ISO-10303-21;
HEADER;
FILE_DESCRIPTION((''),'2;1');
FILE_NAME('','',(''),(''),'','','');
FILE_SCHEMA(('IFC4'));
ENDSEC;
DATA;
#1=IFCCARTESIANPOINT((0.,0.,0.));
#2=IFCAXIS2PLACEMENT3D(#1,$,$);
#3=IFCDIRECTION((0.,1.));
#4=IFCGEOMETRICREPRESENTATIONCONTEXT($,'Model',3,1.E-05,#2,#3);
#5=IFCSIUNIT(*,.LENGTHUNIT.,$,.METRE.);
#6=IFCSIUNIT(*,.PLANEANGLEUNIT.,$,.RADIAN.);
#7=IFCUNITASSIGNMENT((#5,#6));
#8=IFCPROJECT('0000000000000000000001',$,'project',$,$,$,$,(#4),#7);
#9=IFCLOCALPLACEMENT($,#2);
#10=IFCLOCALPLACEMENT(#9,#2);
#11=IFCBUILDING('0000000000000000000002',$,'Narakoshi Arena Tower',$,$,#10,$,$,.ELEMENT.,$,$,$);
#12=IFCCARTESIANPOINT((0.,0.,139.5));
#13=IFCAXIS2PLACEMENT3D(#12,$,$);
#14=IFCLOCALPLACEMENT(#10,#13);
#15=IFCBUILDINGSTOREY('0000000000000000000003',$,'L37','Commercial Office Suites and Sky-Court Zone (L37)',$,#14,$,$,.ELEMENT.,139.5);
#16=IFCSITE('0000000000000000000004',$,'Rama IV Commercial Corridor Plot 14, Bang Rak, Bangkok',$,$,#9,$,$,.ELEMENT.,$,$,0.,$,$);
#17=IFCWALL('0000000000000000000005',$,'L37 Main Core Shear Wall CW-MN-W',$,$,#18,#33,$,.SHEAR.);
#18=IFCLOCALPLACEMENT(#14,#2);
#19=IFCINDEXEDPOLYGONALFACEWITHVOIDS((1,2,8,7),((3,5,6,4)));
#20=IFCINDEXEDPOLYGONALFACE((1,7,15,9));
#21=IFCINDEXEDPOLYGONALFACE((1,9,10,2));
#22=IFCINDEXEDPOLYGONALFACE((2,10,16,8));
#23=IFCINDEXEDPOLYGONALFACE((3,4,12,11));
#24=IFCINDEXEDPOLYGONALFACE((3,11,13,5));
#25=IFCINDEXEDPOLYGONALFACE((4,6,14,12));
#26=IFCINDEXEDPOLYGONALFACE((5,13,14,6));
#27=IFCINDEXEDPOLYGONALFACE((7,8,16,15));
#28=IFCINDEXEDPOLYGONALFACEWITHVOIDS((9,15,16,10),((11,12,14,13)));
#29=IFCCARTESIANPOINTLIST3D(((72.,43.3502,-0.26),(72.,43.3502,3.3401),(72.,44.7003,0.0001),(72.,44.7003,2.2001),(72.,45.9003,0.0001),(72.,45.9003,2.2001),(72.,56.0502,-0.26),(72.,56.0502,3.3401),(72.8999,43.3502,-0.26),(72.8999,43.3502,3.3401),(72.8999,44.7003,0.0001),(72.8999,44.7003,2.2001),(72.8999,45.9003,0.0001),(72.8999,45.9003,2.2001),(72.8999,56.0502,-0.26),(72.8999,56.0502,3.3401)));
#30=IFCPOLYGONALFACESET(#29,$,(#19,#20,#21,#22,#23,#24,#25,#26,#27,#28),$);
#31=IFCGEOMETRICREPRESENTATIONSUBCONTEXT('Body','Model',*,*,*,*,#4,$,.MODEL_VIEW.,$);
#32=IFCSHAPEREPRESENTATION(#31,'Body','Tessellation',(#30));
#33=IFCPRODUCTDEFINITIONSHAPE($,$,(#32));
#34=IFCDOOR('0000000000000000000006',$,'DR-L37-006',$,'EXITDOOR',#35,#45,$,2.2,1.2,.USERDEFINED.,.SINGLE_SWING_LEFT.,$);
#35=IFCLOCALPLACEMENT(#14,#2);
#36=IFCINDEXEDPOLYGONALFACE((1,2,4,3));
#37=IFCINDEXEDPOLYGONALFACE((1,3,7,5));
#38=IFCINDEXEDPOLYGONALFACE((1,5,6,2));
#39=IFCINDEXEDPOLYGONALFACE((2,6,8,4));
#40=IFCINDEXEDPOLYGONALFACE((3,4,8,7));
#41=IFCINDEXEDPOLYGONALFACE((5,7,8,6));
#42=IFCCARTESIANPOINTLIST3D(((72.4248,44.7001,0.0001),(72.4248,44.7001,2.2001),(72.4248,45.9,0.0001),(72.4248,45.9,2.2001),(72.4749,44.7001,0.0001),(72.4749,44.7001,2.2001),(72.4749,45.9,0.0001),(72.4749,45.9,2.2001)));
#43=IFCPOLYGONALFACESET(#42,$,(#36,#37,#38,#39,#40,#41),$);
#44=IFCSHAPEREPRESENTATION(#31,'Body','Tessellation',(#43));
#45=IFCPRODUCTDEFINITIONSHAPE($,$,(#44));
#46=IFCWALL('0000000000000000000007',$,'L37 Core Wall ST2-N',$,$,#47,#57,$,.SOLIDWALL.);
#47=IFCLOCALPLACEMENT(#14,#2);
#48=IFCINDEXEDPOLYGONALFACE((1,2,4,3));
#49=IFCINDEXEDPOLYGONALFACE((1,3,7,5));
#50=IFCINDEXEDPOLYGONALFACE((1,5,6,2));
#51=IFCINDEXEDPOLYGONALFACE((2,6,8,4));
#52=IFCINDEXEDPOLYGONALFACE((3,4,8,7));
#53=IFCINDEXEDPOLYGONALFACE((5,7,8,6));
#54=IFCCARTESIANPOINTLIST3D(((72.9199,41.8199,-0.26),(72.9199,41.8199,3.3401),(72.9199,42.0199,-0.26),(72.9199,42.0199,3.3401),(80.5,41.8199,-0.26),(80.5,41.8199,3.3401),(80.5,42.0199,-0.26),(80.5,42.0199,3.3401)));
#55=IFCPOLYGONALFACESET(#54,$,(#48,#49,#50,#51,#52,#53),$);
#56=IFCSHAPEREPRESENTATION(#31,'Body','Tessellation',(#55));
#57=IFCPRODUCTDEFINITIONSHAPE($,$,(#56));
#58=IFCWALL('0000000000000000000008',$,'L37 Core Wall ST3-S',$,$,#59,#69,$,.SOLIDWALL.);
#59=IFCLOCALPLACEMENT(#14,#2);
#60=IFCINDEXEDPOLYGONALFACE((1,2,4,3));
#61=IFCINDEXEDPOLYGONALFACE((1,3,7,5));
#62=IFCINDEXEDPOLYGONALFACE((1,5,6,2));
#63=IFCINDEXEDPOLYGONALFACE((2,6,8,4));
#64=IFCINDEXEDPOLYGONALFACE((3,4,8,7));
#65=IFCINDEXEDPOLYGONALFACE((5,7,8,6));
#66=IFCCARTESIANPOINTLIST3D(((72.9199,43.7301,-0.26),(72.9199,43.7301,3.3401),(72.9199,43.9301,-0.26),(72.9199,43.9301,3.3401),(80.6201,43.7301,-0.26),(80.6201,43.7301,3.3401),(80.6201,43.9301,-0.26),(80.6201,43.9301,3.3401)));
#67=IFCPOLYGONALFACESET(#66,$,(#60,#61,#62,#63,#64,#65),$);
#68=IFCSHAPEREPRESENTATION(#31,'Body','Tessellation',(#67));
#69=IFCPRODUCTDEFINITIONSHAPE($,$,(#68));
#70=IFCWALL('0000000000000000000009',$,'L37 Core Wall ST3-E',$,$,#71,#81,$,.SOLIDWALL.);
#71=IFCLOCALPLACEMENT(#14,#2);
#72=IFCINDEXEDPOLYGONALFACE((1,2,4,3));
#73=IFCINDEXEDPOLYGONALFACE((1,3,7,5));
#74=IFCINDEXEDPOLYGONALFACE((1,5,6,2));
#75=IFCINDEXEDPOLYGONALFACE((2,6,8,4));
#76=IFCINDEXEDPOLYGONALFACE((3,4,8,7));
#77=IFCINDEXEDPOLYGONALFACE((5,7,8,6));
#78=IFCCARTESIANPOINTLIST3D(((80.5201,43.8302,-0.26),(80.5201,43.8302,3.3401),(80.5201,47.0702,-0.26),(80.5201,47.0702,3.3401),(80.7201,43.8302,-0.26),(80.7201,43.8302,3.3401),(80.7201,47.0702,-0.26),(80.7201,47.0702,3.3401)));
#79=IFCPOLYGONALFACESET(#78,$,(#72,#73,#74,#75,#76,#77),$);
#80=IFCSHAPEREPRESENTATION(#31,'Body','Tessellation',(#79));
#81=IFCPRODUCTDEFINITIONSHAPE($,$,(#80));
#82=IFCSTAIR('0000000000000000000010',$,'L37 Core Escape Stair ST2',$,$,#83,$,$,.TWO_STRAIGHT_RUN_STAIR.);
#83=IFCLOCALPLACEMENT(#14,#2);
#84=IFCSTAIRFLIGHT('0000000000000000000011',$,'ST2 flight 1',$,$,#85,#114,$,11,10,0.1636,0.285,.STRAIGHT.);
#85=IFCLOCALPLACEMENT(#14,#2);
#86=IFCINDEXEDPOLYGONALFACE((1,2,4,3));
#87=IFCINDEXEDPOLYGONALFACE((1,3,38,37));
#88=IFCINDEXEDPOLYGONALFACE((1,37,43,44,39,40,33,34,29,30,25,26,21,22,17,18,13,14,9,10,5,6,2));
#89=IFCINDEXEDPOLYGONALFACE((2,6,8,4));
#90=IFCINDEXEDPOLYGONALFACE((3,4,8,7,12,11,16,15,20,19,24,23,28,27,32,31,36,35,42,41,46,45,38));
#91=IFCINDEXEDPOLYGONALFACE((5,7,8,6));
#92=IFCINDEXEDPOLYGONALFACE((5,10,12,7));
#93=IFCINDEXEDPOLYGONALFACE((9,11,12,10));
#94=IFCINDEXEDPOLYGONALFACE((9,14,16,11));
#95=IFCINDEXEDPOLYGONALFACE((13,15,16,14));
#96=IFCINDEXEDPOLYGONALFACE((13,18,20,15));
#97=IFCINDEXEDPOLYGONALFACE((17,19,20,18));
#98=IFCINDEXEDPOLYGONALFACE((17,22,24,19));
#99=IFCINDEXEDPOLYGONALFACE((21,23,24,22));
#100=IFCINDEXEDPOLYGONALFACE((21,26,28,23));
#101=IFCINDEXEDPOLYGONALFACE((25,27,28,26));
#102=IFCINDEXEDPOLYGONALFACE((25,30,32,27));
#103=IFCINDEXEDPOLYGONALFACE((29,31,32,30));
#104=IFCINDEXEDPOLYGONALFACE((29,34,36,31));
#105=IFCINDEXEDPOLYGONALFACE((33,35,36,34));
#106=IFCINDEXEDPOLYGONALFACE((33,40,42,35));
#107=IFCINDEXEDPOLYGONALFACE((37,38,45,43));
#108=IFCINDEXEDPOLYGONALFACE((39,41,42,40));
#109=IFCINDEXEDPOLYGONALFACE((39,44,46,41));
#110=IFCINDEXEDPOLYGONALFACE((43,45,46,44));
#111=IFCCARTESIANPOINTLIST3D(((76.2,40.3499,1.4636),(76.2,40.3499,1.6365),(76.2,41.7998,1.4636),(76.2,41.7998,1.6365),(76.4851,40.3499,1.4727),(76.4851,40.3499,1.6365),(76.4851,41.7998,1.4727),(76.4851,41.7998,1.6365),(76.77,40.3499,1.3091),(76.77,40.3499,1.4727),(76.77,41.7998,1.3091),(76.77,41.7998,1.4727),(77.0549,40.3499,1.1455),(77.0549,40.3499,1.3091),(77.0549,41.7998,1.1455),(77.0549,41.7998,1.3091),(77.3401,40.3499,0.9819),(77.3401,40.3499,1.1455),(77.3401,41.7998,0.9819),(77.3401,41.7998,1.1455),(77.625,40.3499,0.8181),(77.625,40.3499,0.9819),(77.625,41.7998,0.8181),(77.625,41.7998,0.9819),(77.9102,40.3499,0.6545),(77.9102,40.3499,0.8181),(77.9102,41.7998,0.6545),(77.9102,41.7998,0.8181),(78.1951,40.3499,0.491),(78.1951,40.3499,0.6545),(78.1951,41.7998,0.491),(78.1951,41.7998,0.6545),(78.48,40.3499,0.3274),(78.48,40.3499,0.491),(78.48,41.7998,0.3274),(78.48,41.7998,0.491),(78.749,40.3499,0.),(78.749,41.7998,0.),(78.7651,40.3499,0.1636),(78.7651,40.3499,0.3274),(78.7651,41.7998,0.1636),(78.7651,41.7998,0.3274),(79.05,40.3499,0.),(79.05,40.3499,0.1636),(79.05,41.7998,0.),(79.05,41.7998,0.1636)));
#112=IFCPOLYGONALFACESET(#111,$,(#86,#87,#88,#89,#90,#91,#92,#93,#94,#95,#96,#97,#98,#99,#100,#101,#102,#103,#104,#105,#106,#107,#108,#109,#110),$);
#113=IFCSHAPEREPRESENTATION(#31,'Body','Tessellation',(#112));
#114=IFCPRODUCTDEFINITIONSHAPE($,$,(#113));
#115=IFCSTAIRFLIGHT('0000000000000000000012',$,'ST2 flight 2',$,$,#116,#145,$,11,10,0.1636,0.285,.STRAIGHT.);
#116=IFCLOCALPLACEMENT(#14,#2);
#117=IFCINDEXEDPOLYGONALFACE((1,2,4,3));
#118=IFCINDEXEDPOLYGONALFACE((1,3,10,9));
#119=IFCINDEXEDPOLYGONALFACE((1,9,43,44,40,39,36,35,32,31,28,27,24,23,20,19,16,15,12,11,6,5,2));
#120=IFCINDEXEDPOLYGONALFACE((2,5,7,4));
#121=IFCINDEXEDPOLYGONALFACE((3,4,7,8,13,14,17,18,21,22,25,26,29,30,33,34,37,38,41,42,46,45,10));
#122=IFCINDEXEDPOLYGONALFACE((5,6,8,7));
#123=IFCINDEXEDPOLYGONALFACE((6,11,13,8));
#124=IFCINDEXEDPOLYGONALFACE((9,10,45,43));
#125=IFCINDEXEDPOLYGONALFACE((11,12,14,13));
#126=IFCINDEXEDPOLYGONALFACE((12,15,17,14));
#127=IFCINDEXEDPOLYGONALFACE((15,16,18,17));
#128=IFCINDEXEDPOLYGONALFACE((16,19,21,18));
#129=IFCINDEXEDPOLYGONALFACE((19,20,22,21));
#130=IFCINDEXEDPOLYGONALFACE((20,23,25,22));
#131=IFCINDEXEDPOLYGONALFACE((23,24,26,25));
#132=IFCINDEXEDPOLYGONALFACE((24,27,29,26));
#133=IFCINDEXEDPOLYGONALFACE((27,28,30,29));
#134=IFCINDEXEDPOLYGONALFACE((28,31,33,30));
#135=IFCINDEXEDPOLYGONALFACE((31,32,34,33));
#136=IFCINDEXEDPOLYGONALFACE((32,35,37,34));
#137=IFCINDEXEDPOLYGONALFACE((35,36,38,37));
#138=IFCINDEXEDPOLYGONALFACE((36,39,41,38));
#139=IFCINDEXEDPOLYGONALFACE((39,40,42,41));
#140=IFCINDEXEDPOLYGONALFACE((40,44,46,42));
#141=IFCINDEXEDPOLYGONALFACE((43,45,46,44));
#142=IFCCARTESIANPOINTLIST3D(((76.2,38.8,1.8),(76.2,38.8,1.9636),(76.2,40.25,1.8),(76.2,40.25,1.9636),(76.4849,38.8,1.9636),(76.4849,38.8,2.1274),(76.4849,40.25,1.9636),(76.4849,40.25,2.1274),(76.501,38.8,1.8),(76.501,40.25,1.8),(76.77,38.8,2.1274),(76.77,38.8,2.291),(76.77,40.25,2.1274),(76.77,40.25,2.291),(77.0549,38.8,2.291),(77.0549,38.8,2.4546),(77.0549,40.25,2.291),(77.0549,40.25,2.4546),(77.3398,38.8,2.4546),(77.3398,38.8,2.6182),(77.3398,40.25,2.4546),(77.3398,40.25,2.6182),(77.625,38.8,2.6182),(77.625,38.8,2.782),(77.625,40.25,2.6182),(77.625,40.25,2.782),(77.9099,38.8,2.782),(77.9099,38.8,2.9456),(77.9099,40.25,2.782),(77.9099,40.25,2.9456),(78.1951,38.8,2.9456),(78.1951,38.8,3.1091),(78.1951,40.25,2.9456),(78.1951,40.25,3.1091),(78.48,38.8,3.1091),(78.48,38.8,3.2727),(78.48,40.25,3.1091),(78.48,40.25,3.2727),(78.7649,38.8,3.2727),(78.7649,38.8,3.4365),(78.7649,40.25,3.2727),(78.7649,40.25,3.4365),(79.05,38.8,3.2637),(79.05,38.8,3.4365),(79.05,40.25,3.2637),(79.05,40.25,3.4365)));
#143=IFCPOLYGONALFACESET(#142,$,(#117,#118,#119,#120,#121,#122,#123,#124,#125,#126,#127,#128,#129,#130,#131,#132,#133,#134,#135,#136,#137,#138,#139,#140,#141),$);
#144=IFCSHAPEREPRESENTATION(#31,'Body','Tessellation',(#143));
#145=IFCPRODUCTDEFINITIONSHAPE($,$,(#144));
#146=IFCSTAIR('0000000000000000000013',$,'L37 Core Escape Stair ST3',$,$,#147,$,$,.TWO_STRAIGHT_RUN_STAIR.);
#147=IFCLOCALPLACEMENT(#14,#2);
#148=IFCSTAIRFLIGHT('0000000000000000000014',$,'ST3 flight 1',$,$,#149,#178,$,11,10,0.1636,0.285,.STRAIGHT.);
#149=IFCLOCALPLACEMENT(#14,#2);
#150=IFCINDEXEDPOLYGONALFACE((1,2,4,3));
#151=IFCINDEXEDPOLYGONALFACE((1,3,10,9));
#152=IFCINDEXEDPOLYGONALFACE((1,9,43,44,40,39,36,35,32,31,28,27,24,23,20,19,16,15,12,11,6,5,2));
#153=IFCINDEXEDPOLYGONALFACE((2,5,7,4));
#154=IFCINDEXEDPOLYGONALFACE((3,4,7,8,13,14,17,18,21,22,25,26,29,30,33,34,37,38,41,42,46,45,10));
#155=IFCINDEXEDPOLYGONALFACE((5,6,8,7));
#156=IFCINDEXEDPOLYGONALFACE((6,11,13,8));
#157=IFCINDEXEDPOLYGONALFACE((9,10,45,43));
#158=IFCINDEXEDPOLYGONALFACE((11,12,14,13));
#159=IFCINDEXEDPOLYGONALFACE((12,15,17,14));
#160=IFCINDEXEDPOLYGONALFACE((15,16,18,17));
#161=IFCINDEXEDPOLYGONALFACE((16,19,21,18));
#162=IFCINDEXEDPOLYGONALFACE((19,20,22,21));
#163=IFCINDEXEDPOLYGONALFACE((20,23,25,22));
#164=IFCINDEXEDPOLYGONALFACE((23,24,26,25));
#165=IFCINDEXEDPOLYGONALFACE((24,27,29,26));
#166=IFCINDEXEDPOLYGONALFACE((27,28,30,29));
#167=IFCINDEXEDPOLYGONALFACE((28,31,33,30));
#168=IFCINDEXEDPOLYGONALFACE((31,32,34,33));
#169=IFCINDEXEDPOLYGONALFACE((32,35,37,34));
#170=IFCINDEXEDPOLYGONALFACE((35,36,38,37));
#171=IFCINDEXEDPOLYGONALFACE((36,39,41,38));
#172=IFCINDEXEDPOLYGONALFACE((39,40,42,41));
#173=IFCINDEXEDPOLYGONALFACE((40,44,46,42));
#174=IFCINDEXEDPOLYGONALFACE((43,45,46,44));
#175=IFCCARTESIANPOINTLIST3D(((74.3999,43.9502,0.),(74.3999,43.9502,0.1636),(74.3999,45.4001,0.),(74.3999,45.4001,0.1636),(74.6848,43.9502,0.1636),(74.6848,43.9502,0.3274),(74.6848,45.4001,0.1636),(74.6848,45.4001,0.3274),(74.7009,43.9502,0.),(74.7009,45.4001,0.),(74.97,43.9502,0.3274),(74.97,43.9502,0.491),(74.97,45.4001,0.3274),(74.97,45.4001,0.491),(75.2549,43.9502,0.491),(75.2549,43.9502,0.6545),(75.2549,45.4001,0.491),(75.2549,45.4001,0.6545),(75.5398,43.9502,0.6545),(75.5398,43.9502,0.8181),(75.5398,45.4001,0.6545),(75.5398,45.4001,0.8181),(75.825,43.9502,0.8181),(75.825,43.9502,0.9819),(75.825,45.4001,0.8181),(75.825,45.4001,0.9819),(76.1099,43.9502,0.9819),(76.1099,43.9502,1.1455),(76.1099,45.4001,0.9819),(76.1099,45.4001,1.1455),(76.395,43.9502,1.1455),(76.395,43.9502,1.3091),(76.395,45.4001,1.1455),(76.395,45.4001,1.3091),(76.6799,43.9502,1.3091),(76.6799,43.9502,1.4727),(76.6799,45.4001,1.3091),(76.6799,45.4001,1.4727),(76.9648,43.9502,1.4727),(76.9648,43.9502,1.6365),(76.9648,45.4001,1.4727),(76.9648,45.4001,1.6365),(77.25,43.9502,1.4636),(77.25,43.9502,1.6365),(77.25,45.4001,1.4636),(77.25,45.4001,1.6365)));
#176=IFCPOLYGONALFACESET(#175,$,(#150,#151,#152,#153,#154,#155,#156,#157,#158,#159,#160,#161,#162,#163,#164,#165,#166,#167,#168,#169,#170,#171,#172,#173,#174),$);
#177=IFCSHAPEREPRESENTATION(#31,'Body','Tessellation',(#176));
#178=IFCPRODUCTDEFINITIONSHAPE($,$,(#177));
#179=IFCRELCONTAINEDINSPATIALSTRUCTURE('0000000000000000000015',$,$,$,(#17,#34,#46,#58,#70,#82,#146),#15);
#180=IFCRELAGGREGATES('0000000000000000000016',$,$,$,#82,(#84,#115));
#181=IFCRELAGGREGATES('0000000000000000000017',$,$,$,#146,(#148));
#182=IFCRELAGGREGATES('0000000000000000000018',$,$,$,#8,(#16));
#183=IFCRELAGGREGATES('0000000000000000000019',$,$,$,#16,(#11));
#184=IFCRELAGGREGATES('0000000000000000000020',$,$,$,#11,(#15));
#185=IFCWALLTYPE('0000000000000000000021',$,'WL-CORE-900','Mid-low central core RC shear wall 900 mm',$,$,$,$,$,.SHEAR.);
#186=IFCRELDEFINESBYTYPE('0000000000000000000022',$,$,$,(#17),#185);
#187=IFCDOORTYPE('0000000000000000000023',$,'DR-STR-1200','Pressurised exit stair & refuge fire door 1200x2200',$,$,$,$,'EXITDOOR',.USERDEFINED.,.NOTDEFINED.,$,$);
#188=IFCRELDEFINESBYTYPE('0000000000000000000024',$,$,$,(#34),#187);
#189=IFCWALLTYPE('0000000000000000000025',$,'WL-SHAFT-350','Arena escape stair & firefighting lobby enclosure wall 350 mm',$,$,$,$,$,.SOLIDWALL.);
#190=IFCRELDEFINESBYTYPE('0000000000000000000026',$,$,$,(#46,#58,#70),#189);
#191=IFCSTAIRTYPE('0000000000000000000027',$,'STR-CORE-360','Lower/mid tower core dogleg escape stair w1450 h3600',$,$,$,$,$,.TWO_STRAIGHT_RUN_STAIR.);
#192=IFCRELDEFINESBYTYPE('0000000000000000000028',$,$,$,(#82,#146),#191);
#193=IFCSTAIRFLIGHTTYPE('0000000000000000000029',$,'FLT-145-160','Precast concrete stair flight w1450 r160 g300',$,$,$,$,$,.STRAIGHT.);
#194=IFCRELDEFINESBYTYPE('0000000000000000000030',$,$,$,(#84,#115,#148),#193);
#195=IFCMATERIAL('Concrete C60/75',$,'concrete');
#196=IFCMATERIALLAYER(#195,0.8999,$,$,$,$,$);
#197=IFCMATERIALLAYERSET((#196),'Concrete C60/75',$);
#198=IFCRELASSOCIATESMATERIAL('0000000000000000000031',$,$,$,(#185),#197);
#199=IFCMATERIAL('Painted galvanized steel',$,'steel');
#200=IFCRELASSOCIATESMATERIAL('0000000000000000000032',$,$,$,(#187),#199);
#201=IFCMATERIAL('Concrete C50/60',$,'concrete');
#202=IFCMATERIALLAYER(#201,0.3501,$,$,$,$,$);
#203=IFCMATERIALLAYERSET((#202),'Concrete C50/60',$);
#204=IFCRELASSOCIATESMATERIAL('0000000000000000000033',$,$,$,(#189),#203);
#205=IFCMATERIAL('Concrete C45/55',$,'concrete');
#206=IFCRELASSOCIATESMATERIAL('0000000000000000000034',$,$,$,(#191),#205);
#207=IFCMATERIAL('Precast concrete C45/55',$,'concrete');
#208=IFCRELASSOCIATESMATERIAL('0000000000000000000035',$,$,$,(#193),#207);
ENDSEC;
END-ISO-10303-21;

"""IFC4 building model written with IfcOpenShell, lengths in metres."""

from ifc_helpers import new_model, si_unit, direction, frame, frame_2d, origin, place, context, subcontext, project, spatial, polyline, rectangle, outline, extrude, material, layer, layer_set, type_object, element, fill, aggregate, save


model = new_model("IFC4")

# Units and contexts
model_context = context("Model", 3, precision=1e-05, world=origin(), true_north=direction((0.0, 1.0)))
body_context = subcontext(model_context, "Body", "Model", "MODEL_VIEW")
ifc_project = project(units=[si_unit("LENGTHUNIT", "METRE"), si_unit("PLANEANGLEUNIT", "RADIAN")], contexts=[model_context])

# Site, building, storey
site_placement = place(None, origin())
site = spatial("IfcSite", under=ifc_project, at=site_placement, Name="Rama IV Commercial Corridor Plot 14, Bang Rak, Bangkok", CompositionType="ELEMENT", RefElevation=0.0)
building_placement = place(site_placement, origin())
building = spatial("IfcBuilding", under=site, at=building_placement, Name="Narakoshi Arena Tower", CompositionType="ELEMENT")
storey_placement = place(building_placement, frame((0.0, 0.0, 139.5)))
storey = spatial("IfcBuildingStorey", under=building, at=storey_placement, Name="L37", Description="Commercial Office Suites and Sky-Court Zone (L37)", CompositionType="ELEMENT", Elevation=139.5)

# Wall, opening, door
ifc_material_1 = material(Name="Concrete C60/75", Category="concrete")
ifc_layer_1 = layer(ifc_material_1, 0.8999)
ifc_layer_set_1 = layer_set([ifc_layer_1], Name="Concrete C60/75")
wall_type_1 = type_object("IfcWallType", Name="WL-CORE-900", Description="Mid-low central core RC shear wall 900 mm", PredefinedType="SHEAR", material=ifc_layer_set_1)
wall_1_placement = place(storey_placement, frame((72.45, 43.3501, -0.26), z_axis=(0.0, 0.0, 1.0), x_axis=(0.0, 1.0, 0.0)))
wall_1 = element("IfcWall", 1, at=wall_1_placement, inside=storey, type_object=wall_type_1, Name="L37 Main Core Shear Wall CW-MN-W", PredefinedType="SHEAR", context=body_context, shape_type="SweptSolid", body=[
    extrude(rectangle(XDim=12.7, YDim=0.8999, at=frame_2d((6.3501, 0.0))), origin(), (0.0, 0.0, 1.0), 3.6001),
])
opening_placement = place(wall_1_placement, frame((1.3501, 0.0, 0.26)))
opening = element("IfcOpeningElement", 2, at=opening_placement, cuts=wall_1, PredefinedType="OPENING", context=body_context, shape_type="SweptSolid", body=[
    extrude(rectangle(XDim=1.2, YDim=2.2, at=frame_2d((0.6001, 1.1001))), frame((0.0, 0.46, 0.0), z_axis=(0.0, -1.0, 0.0), x_axis=(1.0, 0.0, 0.0)), (0.0, 0.0, 1.0), 0.9199),
])
ifc_material_2 = material(Name="Painted galvanized steel", Category="steel")
door_type = type_object("IfcDoorType", Name="DR-STR-1200", Description="Pressurised exit stair & refuge fire door 1200x2200", ElementType="EXITDOOR", OperationType="NOTDEFINED", PredefinedType="USERDEFINED", material=ifc_material_2)
door_placement = place(opening_placement, frame((1.2, 0.0, 0.0), z_axis=(0.0, 0.0, 1.0), x_axis=(-1.0, 0.0, 0.0)))
door = element("IfcDoor", 3, at=door_placement, inside=storey, type_object=door_type, Name="DR-L37-006", ObjectType="EXITDOOR", OperationType="SINGLE_SWING_LEFT", OverallHeight=2.2, OverallWidth=1.2, PredefinedType="USERDEFINED", context=body_context, shape_type="SweptSolid", body=[
    extrude(rectangle(XDim=1.2, YDim=2.2, at=frame_2d((0.6001, 1.1001))), frame((0.0, 0.0249, 0.0), z_axis=(0.0, -1.0, 0.0), x_axis=(1.0, 0.0, 0.0)), (0.0, 0.0, 1.0), 0.05),
])
fill(opening, door)

# Walls
ifc_material_3 = material(Name="Concrete C50/60", Category="concrete")
ifc_layer_2 = layer(ifc_material_3, 0.3501)
ifc_layer_set_2 = layer_set([ifc_layer_2], Name="Concrete C50/60")
wall_type_2 = type_object("IfcWallType", Name="WL-SHAFT-350", Description="Arena escape stair & firefighting lobby enclosure wall 350 mm", PredefinedType="SOLIDWALL", material=ifc_layer_set_2)
wall_2_placement = place(storey_placement, frame((72.9199, 41.9199, -0.26), z_axis=(0.0, 0.0, 1.0), x_axis=(1.0, 0.0, 0.0)))
element("IfcWall", 4, at=wall_2_placement, inside=storey, type_object=wall_type_2, Name="L37 Core Wall ST2-N", PredefinedType="SOLIDWALL", context=body_context, shape_type="SweptSolid", body=[
    extrude(rectangle(XDim=7.5801, YDim=0.2, at=frame_2d((3.79, 0.0))), origin(), (0.0, 0.0, 1.0), 3.6001),
])
wall_3_placement = place(storey_placement, frame((72.9199, 43.8301, -0.26), z_axis=(0.0, 0.0, 1.0), x_axis=(1.0, 0.0, 0.0)))
element("IfcWall", 5, at=wall_3_placement, inside=storey, type_object=wall_type_2, Name="L37 Core Wall ST3-S", PredefinedType="SOLIDWALL", context=body_context, shape_type="SweptSolid", body=[
    extrude(rectangle(XDim=7.7002, YDim=0.2, at=frame_2d((3.8501, 0.0))), origin(), (0.0, 0.0, 1.0), 3.6001),
])
wall_4_placement = place(storey_placement, frame((80.6201, 43.8301, -0.26), z_axis=(0.0, 0.0, 1.0), x_axis=(0.0, 1.0, 0.0)))
element("IfcWall", 6, at=wall_4_placement, inside=storey, type_object=wall_type_2, Name="L37 Core Wall ST3-E", PredefinedType="SOLIDWALL", context=body_context, shape_type="SweptSolid", body=[
    extrude(rectangle(XDim=3.24, YDim=0.2, at=frame_2d((1.6201, 0.0))), origin(), (0.0, 0.0, 1.0), 3.6001),
])

# Stair, stair flights
ifc_material_4 = material(Name="Concrete C45/55", Category="concrete")
stair_type = type_object("IfcStairType", Name="STR-CORE-360", Description="Lower/mid tower core dogleg escape stair w1450 h3600", PredefinedType="TWO_STRAIGHT_RUN_STAIR", material=ifc_material_4)
stair_1_placement = place(storey_placement, origin())
stair_1 = element("IfcStair", 7, at=stair_1_placement, inside=storey, type_object=stair_type, Name="L37 Core Escape Stair ST2", PredefinedType="TWO_STRAIGHT_RUN_STAIR")
ifc_material_5 = material(Name="Precast concrete C45/55", Category="concrete")
stair_flight_type = type_object("IfcStairFlightType", Name="FLT-145-160", Description="Precast concrete stair flight w1450 r160 g300", PredefinedType="STRAIGHT", material=ifc_material_5)
stair_flight_1_placement = place(storey_placement, frame((79.05, 41.075, 0.0), z_axis=(0.0, 0.0, 1.0), x_axis=(-1.0, 0.0, 0.0)))
stair_flight_1 = element("IfcStairFlight", 8, at=stair_flight_1_placement, type_object=stair_flight_type, Name="ST2 flight 1", NumberOfRisers=11, NumberOfTreads=10, PredefinedType="STRAIGHT", RiserHeight=0.1636, TreadLength=0.285, context=body_context, shape_type="SweptSolid", body=[
    extrude(outline(polyline([(0.0, 0.0), (0.0, 0.1636), (0.2849, 0.1636), (0.2849, 0.3274), (0.5701, 0.3274), (0.5701, 0.491), (0.855, 0.491), (0.855, 0.6545), (1.1399, 0.6545), (1.1399, 0.8181), (1.425, 0.8181), (1.425, 0.9819), (1.71, 0.9819), (1.71, 1.1455), (1.9951, 1.1455), (1.9951, 1.3091), (2.28, 1.3091), (2.28, 1.4727), (2.5649, 1.4727), (2.5649, 1.6365), (2.8501, 1.6365), (2.8501, 1.8), (2.8501, 1.4636), (0.301, 0.0), (0.0, 0.0)])), frame((0.0, 0.7251, 0.0), z_axis=(0.0, -1.0, 0.0), x_axis=(1.0, 0.0, 0.0)), (0.0, 0.0, 1.0), 1.45),
])
stair_flight_2_placement = place(storey_placement, frame((76.2, 39.5249, 1.8), z_axis=(0.0, 0.0, 1.0), x_axis=(1.0, 0.0, 0.0)))
stair_flight_2 = element("IfcStairFlight", 9, at=stair_flight_2_placement, type_object=stair_flight_type, Name="ST2 flight 2", NumberOfRisers=11, NumberOfTreads=10, PredefinedType="STRAIGHT", RiserHeight=0.1636, TreadLength=0.285, context=body_context, shape_type="SweptSolid", body=[
    extrude(outline(polyline([(0.0, 0.0), (0.0, 0.1636), (0.2849, 0.1636), (0.2849, 0.3274), (0.5701, 0.3274), (0.5701, 0.491), (0.855, 0.491), (0.855, 0.6545), (1.1399, 0.6545), (1.1399, 0.8181), (1.425, 0.8181), (1.425, 0.9819), (1.71, 0.9819), (1.71, 1.1455), (1.9951, 1.1455), (1.9951, 1.3091), (2.28, 1.3091), (2.28, 1.4727), (2.5649, 1.4727), (2.5649, 1.6365), (2.8501, 1.6365), (2.8501, 1.8), (2.8501, 1.4636), (0.301, 0.0), (0.0, 0.0)])), frame((0.0, 0.7251, 0.0), z_axis=(0.0, -1.0, 0.0), x_axis=(1.0, 0.0, 0.0)), (0.0, 0.0, 1.0), 1.45),
])
aggregate(stair_1, [stair_flight_1, stair_flight_2])

# Stair, stair flight
stair_2_placement = place(storey_placement, origin())
stair_2 = element("IfcStair", 10, at=stair_2_placement, inside=storey, type_object=stair_type, Name="L37 Core Escape Stair ST3", PredefinedType="TWO_STRAIGHT_RUN_STAIR")
stair_flight_3_placement = place(storey_placement, frame((74.3999, 44.675, 0.0), z_axis=(0.0, 0.0, 1.0), x_axis=(1.0, 0.0, 0.0)))
stair_flight_3 = element("IfcStairFlight", 11, at=stair_flight_3_placement, type_object=stair_flight_type, Name="ST3 flight 1", NumberOfRisers=11, NumberOfTreads=10, PredefinedType="STRAIGHT", RiserHeight=0.1636, TreadLength=0.285, context=body_context, shape_type="SweptSolid", body=[
    extrude(outline(polyline([(0.0, 0.0), (0.0, 0.1636), (0.2849, 0.1636), (0.2849, 0.3274), (0.5701, 0.3274), (0.5701, 0.491), (0.855, 0.491), (0.855, 0.6545), (1.1399, 0.6545), (1.1399, 0.8181), (1.425, 0.8181), (1.425, 0.9819), (1.71, 0.9819), (1.71, 1.1455), (1.9951, 1.1455), (1.9951, 1.3091), (2.28, 1.3091), (2.28, 1.4727), (2.5649, 1.4727), (2.5649, 1.6365), (2.8501, 1.6365), (2.8501, 1.8), (2.8501, 1.4636), (0.301, 0.0), (0.0, 0.0)])), frame((0.0, 0.7251, 0.0), z_axis=(0.0, -1.0, 0.0), x_axis=(1.0, 0.0, 0.0)), (0.0, 0.0, 1.0), 1.45),
])
aggregate(stair_2, [stair_flight_3])

save(model, "model.ifc")
